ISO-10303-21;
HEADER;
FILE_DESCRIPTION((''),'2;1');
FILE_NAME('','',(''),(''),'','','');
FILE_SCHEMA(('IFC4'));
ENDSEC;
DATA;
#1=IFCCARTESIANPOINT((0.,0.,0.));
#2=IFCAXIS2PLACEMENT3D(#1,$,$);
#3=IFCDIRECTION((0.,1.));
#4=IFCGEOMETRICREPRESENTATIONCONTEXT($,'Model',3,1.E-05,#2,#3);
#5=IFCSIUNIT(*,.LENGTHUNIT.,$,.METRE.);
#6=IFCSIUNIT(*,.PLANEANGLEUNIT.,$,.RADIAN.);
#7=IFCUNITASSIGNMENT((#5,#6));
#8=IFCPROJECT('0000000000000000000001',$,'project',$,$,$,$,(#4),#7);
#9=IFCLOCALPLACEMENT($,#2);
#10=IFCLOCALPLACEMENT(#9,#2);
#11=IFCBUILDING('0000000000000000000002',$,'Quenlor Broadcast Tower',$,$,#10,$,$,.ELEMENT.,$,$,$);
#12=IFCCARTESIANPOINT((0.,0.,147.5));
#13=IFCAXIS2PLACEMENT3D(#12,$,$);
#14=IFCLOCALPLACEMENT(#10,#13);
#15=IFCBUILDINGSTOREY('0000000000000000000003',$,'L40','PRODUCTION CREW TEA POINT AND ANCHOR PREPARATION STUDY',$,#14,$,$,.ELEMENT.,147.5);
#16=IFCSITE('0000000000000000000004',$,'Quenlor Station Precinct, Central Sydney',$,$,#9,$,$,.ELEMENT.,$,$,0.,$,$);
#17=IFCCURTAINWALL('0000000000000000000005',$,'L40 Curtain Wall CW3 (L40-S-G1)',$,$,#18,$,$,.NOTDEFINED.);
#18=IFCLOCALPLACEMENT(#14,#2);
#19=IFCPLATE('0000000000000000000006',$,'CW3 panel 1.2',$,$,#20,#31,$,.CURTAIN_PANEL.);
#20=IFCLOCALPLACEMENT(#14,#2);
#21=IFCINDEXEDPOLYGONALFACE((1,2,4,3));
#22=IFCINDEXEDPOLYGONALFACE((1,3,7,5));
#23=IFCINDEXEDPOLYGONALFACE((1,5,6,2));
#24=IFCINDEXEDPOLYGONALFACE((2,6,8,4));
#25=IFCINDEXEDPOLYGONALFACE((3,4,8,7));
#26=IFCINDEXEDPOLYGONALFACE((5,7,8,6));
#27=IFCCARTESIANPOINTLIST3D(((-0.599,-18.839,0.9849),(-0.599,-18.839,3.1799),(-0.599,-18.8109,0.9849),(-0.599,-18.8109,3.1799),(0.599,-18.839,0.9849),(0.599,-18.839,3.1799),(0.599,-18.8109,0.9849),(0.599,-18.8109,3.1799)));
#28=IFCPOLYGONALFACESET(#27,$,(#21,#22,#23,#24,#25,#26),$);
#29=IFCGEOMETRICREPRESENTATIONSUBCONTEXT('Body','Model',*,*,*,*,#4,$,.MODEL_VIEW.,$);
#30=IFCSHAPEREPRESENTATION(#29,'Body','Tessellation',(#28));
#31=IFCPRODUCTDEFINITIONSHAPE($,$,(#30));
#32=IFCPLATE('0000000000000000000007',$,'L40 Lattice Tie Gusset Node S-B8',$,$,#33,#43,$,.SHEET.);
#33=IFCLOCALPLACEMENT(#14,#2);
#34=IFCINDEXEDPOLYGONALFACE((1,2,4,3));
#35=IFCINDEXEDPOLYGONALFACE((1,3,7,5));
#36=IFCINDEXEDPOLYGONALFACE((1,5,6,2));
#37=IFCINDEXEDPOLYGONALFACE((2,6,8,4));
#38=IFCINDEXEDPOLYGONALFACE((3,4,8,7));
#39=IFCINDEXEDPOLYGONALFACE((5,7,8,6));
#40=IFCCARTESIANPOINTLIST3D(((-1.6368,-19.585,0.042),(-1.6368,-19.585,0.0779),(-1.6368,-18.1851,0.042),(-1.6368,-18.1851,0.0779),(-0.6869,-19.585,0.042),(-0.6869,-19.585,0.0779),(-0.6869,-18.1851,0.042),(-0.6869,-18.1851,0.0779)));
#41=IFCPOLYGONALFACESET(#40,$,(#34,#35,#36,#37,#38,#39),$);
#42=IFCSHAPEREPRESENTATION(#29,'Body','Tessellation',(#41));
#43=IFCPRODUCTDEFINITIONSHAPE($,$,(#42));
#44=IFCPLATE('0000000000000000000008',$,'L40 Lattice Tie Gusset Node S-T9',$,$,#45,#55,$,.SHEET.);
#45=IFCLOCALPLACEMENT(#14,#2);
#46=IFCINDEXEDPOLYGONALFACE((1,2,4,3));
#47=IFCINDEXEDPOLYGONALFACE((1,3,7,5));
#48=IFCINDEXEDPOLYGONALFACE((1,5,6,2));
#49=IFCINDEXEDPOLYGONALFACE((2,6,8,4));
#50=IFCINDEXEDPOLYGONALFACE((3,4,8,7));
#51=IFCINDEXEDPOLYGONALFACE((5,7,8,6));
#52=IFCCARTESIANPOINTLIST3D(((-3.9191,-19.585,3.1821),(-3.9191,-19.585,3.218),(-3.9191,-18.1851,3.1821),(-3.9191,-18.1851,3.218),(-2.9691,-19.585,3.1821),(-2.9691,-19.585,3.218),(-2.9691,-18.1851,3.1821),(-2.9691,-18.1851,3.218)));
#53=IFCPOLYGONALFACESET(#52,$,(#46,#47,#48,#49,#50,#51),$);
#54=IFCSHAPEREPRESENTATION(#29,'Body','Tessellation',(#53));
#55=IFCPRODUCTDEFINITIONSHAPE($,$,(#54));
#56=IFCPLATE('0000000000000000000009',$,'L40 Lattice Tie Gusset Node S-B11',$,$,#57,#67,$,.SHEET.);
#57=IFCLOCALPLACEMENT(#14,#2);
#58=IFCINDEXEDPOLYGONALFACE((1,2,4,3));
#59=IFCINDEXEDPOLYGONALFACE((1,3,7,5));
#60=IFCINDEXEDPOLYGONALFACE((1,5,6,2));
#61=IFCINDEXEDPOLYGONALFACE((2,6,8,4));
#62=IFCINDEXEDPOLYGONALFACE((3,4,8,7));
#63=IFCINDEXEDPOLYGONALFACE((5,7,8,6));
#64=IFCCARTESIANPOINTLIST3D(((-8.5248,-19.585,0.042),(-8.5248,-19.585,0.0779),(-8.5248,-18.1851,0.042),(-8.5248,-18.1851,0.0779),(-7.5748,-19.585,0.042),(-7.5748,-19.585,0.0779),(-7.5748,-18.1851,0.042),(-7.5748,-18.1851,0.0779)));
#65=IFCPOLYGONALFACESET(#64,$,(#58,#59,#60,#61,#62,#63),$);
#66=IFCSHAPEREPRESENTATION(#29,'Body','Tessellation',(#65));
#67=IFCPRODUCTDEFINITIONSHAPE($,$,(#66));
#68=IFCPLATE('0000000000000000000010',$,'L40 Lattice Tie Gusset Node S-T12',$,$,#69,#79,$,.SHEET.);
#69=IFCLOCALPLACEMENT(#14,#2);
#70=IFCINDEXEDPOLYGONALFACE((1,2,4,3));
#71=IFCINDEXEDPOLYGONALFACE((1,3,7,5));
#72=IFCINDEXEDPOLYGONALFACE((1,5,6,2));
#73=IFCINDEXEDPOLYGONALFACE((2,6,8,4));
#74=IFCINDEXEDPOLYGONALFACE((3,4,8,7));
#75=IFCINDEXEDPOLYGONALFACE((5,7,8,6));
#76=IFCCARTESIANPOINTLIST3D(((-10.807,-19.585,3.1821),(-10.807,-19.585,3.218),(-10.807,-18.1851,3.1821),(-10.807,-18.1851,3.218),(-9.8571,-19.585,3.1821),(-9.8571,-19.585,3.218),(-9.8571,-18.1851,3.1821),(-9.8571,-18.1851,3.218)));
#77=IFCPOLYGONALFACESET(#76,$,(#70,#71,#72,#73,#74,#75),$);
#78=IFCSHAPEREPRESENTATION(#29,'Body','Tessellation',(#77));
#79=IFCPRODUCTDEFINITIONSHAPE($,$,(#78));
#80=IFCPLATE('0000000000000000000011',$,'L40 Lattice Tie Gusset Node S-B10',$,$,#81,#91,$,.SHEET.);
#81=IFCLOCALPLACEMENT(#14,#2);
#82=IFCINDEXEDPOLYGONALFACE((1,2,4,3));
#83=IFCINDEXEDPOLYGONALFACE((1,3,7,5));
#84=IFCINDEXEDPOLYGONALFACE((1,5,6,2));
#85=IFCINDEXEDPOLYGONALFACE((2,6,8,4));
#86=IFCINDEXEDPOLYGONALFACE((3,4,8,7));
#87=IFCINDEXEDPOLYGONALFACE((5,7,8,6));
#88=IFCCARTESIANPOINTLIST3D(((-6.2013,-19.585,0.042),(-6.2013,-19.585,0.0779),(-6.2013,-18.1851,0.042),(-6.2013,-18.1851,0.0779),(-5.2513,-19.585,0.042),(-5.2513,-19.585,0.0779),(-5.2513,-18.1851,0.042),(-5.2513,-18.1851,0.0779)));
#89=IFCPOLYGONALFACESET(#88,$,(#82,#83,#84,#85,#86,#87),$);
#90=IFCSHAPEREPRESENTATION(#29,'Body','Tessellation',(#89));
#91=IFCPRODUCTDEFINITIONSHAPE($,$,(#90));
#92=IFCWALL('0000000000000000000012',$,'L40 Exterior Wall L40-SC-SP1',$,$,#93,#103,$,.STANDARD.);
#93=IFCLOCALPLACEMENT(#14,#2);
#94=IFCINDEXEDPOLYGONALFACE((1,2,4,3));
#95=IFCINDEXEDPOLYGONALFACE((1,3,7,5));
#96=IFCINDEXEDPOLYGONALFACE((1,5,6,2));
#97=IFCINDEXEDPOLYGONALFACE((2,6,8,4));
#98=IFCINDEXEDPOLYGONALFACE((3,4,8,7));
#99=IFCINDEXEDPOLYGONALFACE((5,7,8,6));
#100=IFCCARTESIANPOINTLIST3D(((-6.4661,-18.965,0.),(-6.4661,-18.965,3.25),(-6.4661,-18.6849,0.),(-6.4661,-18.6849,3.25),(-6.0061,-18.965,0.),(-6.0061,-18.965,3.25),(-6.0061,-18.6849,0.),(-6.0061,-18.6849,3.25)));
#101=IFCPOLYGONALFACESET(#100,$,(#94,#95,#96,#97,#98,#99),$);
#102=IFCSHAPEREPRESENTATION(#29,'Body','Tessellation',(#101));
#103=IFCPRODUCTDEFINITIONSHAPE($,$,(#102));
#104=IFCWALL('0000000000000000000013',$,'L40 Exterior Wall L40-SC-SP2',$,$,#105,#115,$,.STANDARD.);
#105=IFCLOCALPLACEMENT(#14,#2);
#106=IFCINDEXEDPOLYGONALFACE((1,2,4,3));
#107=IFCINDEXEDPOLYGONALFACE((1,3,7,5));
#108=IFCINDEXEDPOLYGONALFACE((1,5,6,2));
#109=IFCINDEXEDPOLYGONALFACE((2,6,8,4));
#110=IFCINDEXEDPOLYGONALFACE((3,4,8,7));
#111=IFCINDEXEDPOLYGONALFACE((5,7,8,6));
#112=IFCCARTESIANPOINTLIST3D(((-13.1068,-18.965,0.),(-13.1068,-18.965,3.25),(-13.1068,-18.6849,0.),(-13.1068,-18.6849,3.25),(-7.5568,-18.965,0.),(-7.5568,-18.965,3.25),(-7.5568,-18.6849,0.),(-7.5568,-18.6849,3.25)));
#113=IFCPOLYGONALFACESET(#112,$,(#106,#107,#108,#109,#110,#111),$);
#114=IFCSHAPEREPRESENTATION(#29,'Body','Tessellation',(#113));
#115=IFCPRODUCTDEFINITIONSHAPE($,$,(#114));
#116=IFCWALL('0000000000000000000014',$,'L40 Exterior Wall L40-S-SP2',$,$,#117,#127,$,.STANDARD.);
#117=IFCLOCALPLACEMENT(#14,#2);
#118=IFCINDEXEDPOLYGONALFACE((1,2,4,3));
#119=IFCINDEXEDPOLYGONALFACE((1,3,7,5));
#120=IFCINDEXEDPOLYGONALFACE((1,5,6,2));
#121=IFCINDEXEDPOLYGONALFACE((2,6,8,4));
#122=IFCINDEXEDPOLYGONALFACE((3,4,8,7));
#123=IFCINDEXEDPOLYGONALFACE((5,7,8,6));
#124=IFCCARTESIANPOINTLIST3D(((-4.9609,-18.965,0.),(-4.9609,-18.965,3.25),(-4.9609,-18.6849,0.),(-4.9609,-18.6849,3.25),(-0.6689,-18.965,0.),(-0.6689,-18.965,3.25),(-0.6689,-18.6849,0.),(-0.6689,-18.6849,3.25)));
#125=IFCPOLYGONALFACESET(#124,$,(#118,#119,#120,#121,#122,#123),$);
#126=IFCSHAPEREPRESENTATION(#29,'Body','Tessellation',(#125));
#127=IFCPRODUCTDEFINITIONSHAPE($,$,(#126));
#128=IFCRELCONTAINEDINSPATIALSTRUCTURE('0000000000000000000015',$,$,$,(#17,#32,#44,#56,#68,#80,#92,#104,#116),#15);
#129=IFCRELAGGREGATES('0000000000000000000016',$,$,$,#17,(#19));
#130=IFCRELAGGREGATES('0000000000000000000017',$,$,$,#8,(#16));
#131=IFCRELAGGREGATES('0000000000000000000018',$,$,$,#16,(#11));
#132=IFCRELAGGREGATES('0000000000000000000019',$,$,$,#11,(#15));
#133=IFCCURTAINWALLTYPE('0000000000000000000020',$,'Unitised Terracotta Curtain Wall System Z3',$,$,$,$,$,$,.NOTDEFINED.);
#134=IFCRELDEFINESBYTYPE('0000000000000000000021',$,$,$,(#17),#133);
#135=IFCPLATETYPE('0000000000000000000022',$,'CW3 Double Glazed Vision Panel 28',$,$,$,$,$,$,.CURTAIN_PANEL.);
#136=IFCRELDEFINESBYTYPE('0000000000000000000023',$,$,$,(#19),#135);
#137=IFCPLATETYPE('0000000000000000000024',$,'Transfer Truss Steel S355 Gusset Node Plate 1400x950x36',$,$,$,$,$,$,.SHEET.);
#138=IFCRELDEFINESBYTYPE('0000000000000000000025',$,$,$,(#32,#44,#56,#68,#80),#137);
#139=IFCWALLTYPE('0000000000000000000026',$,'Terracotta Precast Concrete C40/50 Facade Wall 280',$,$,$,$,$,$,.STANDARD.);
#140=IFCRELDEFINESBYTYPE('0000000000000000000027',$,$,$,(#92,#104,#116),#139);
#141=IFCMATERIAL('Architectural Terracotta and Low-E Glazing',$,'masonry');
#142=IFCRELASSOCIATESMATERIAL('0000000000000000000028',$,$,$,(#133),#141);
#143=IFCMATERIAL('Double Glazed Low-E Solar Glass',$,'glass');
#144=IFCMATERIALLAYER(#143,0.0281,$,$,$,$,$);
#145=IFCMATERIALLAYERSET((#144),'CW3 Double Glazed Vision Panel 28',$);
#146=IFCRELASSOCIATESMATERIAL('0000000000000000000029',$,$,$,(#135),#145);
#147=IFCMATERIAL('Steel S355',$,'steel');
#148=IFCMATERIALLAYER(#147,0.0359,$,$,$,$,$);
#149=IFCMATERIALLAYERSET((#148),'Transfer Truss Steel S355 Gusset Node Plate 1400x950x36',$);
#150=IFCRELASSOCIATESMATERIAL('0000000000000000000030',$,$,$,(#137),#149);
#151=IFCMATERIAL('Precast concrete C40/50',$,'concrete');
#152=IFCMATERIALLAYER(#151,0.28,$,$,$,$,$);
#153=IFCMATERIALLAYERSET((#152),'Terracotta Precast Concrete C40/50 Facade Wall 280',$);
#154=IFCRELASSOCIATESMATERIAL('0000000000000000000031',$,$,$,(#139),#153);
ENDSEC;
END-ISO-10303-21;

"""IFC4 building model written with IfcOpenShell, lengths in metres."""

from ifc_helpers import new_model, si_unit, direction, frame, frame_2d, origin, origin_2d, place, context, subcontext, project, spatial, rectangle, extrude, material, layer, layer_set, type_object, element, aggregate, save


model = new_model("IFC4")

# Units and contexts
model_context = context("Model", 3, precision=1e-05, world=origin(), true_north=direction((0.0, 1.0)))
body_context = subcontext(model_context, "Body", "Model", "MODEL_VIEW")
ifc_project = project(units=[si_unit("LENGTHUNIT", "METRE"), si_unit("PLANEANGLEUNIT", "RADIAN")], contexts=[model_context])

# Site, building, storey
site_placement = place(None, origin())
site = spatial("IfcSite", under=ifc_project, at=site_placement, Name="Quenlor Station Precinct, Central Sydney", CompositionType="ELEMENT", RefElevation=0.0)
building_placement = place(site_placement, origin())
building = spatial("IfcBuilding", under=site, at=building_placement, Name="Quenlor Broadcast Tower", CompositionType="ELEMENT")
storey_placement = place(building_placement, frame((0.0, 0.0, 147.5)))
storey = spatial("IfcBuildingStorey", under=building, at=storey_placement, Name="L40", Description="PRODUCTION CREW TEA POINT AND ANCHOR PREPARATION STUDY", CompositionType="ELEMENT", Elevation=147.5)

# Shared definitions
ifc_material_1 = material(Name="Architectural Terracotta and Low-E Glazing", Category="masonry")
curtain_wall_type = type_object("IfcCurtainWallType", Name="Unitised Terracotta Curtain Wall System Z3", PredefinedType="NOTDEFINED", material=ifc_material_1)

# Curtain wall
curtain_wall_1_placement = place(storey_placement, origin())
curtain_wall_1 = element("IfcCurtainWall", 1, at=curtain_wall_1_placement, inside=storey, type_object=curtain_wall_type, Name="L40 Curtain Wall CW3 (L40-S-G1)", PredefinedType="NOTDEFINED")

# Plate
ifc_material_2 = material(Name="Double Glazed Low-E Solar Glass", Category="glass")
ifc_layer_1 = layer(ifc_material_2, 0.0281)
ifc_layer_set_1 = layer_set([ifc_layer_1], Name="CW3 Double Glazed Vision Panel 28")
plate_type_1 = type_object("IfcPlateType", Name="CW3 Double Glazed Vision Panel 28", PredefinedType="CURTAIN_PANEL", material=ifc_layer_set_1)
plate_1_placement = place(storey_placement, frame((0.0, -18.825, 0.9849), z_axis=(0.0, 0.0, 1.0), x_axis=(-1.0, 0.0, 0.0)))
plate_1 = element("IfcPlate", 2, at=plate_1_placement, type_object=plate_type_1, Name="CW3 panel 1.2", PredefinedType="CURTAIN_PANEL", context=body_context, shape_type="SweptSolid", body=[
    extrude(rectangle(XDim=1.198, YDim=0.0281, at=origin_2d()), origin(), (0.0, 0.0, 1.0), 2.1951),
])
aggregate(curtain_wall_1, [plate_1])

# Plates
ifc_material_3 = material(Name="Steel S355", Category="steel")
ifc_layer_2 = layer(ifc_material_3, 0.0359)
ifc_layer_set_2 = layer_set([ifc_layer_2], Name="Transfer Truss Steel S355 Gusset Node Plate 1400x950x36")
plate_type_2 = type_object("IfcPlateType", Name="Transfer Truss Steel S355 Gusset Node Plate 1400x950x36", PredefinedType="SHEET", material=ifc_layer_set_2)
for number, where, z_axis, x_axis, name in (
    (3, (-1.1619, -18.885, 0.042), (0.0, 0.0, 1.0), (0.0, -1.0, 0.0), "L40 Lattice Tie Gusset Node S-B8"),
    (4, (-3.4441, -18.885, 3.1821), (0.0, 0.0, 1.0), (0.0, -1.0, 0.0), "L40 Lattice Tie Gusset Node S-T9"),
    (5, (-8.0498, -18.885, 0.042), (0.0, 0.0, 1.0), (0.0, -1.0, 0.0), "L40 Lattice Tie Gusset Node S-B11"),
    (6, (-10.332, -18.885, 3.1821), (0.0, 0.0, 1.0), (0.0, -1.0, 0.0), "L40 Lattice Tie Gusset Node S-T12"),
    (7, (-5.7263, -18.885, 0.042), (0.0, 0.0, 1.0), (0.0, -1.0, 0.0), "L40 Lattice Tie Gusset Node S-B10"),
):
    element("IfcPlate", number, at=place(storey_placement, frame(where, z_axis=z_axis, x_axis=x_axis)), inside=storey, type_object=plate_type_2, Name=name, PredefinedType="SHEET", context=body_context, shape_type="SweptSolid", body=[
        extrude(rectangle(XDim=1.3999, YDim=0.95, at=origin_2d()), origin(), (0.0, 0.0, 1.0), 0.0359),
    ])

# Walls
ifc_material_4 = material(Name="Precast concrete C40/50", Category="concrete")
ifc_layer_3 = layer(ifc_material_4, 0.28)
ifc_layer_set_3 = layer_set([ifc_layer_3], Name="Terracotta Precast Concrete C40/50 Facade Wall 280")
wall_type = type_object("IfcWallType", Name="Terracotta Precast Concrete C40/50 Facade Wall 280", PredefinedType="STANDARD", material=ifc_layer_set_3)
wall_1_placement = place(storey_placement, frame((-6.0061, -18.825, 0.0), z_axis=(0.0, 0.0, 1.0), x_axis=(-1.0, 0.0, 0.0)))
element("IfcWall", 8, at=wall_1_placement, inside=storey, type_object=wall_type, Name="L40 Exterior Wall L40-SC-SP1", PredefinedType="STANDARD", context=body_context, shape_type="SweptSolid", body=[
    extrude(rectangle(XDim=0.46, YDim=0.28, at=frame_2d((0.23, 0.0))), origin(), (0.0, 0.0, 1.0), 3.25),
])
wall_2_placement = place(storey_placement, frame((-7.5569, -18.825, 0.0), z_axis=(0.0, 0.0, 1.0), x_axis=(-1.0, 0.0, 0.0)))
element("IfcWall", 9, at=wall_2_placement, inside=storey, type_object=wall_type, Name="L40 Exterior Wall L40-SC-SP2", PredefinedType="STANDARD", context=body_context, shape_type="SweptSolid", body=[
    extrude(rectangle(XDim=5.55, YDim=0.28, at=frame_2d((2.7749, 0.0))), origin(), (0.0, 0.0, 1.0), 3.25),
])
wall_3_placement = place(storey_placement, frame((-0.6689, -18.825, 0.0), z_axis=(0.0, 0.0, 1.0), x_axis=(-1.0, 0.0, 0.0)))
element("IfcWall", 10, at=wall_3_placement, inside=storey, type_object=wall_type, Name="L40 Exterior Wall L40-S-SP2", PredefinedType="STANDARD", context=body_context, shape_type="SweptSolid", body=[
    extrude(rectangle(XDim=4.292, YDim=0.28, at=frame_2d((2.146, 0.0))), origin(), (0.0, 0.0, 1.0), 3.25),
])

save(model, "model.ifc")
